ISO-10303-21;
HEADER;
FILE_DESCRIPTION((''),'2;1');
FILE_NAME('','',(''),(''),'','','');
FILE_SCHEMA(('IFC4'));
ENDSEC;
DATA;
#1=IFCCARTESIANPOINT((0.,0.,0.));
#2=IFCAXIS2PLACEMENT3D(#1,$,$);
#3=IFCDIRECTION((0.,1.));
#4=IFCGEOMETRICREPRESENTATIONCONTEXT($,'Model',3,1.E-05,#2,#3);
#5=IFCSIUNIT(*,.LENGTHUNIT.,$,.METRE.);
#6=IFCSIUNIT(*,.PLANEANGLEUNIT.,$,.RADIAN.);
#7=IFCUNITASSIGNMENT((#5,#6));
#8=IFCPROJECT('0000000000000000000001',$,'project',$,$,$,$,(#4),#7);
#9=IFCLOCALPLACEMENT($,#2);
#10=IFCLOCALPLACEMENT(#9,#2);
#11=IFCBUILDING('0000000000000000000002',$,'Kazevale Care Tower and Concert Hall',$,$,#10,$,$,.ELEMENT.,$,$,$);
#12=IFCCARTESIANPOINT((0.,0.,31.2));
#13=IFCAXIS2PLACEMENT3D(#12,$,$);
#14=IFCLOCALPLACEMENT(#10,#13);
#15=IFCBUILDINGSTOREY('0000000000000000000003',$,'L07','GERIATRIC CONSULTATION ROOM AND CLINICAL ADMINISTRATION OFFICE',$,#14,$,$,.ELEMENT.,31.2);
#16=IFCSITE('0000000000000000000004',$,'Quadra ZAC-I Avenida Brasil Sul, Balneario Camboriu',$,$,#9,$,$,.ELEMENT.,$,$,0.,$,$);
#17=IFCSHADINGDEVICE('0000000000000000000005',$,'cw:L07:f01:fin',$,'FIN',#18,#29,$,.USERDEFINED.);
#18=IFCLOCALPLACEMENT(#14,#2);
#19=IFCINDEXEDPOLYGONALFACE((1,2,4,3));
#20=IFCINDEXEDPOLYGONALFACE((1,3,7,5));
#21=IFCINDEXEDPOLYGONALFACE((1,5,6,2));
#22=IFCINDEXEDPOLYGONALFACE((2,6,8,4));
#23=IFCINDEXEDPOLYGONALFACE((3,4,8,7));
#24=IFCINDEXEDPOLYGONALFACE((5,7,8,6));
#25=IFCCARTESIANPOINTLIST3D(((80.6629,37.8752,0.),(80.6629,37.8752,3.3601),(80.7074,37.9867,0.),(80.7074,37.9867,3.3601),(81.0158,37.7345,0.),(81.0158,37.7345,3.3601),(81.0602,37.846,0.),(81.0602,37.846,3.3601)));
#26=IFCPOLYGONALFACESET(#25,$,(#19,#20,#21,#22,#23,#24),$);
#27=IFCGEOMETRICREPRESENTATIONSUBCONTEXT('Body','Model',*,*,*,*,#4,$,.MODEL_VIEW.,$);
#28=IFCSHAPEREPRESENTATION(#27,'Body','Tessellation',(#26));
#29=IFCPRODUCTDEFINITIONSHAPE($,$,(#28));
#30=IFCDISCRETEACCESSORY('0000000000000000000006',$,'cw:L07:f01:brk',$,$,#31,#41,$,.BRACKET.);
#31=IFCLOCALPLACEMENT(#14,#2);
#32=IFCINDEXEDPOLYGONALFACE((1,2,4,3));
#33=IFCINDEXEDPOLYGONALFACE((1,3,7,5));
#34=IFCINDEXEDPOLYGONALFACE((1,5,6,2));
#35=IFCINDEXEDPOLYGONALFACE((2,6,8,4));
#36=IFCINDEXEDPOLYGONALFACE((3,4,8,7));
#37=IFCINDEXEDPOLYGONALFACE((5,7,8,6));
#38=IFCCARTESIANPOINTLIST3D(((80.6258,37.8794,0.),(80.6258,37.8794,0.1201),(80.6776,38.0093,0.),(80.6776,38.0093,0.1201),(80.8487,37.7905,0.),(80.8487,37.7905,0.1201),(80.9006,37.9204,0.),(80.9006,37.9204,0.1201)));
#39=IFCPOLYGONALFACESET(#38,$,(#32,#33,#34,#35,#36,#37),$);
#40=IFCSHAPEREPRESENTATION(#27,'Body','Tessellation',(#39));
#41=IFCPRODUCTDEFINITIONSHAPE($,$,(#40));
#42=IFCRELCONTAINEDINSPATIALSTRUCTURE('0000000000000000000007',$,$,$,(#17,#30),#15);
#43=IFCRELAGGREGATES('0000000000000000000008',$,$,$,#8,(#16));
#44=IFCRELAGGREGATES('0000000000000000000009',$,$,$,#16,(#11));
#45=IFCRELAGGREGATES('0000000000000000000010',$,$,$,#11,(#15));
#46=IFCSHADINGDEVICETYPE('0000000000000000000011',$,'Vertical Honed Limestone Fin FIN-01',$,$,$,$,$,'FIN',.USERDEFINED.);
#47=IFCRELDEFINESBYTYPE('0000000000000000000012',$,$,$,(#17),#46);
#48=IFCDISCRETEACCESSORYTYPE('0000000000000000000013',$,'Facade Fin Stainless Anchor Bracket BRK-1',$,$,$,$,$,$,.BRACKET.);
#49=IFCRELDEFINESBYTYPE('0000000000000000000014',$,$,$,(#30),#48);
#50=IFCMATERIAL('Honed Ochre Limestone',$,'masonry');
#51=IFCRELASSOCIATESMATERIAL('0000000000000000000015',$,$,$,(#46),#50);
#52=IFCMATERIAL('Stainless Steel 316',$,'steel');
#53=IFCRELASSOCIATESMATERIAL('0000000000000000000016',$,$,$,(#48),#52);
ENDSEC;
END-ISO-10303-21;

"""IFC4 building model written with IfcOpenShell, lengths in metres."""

from ifc_helpers import new_model, si_unit, direction, frame, origin, origin_2d, place, context, subcontext, project, spatial, rectangle, extrude, material, type_object, element, save


model = new_model("IFC4")

# Units and contexts
model_context = context("Model", 3, precision=1e-05, world=origin(), true_north=direction((0.0, 1.0)))
body_context = subcontext(model_context, "Body", "Model", "MODEL_VIEW")
ifc_project = project(units=[si_unit("LENGTHUNIT", "METRE"), si_unit("PLANEANGLEUNIT", "RADIAN")], contexts=[model_context])

# Site, building, storey
site_placement = place(None, origin())
site = spatial("IfcSite", under=ifc_project, at=site_placement, Name="Quadra ZAC-I Avenida Brasil Sul, Balneario Camboriu", CompositionType="ELEMENT", RefElevation=0.0)
building_placement = place(site_placement, origin())
building = spatial("IfcBuilding", under=site, at=building_placement, Name="Kazevale Care Tower and Concert Hall", CompositionType="ELEMENT")
storey_placement = place(building_placement, frame((0.0, 0.0, 31.2)))
storey = spatial("IfcBuildingStorey", under=building, at=storey_placement, Name="L07", Description="GERIATRIC CONSULTATION ROOM AND CLINICAL ADMINISTRATION OFFICE", CompositionType="ELEMENT", Elevation=31.2)

# Shading device
ifc_material_1 = material(Name="Honed Ochre Limestone", Category="masonry")
shading_device_type = type_object("IfcShadingDeviceType", Name="Vertical Honed Limestone Fin FIN-01", ElementType="FIN", PredefinedType="USERDEFINED", material=ifc_material_1)
shading_device_placement = place(storey_placement, frame((80.8616, 37.8606, 0.0), z_axis=(0.0, 0.0, 1.0), x_axis=(0.928874, -0.370395, 0.0)))
element("IfcShadingDevice", 1, at=shading_device_placement, inside=storey, type_object=shading_device_type, Name="cw:L07:f01:fin", ObjectType="FIN", PredefinedType="USERDEFINED", context=body_context, shape_type="SweptSolid", body=[
    extrude(rectangle(XDim=0.3799, YDim=0.1201, at=origin_2d()), origin(), (0.0, 0.0, 1.0), 3.3601),
])

# Discrete accessory
ifc_material_2 = material(Name="Stainless Steel 316", Category="steel")
discrete_accessory_type = type_object("IfcDiscreteAccessoryType", Name="Facade Fin Stainless Anchor Bracket BRK-1", PredefinedType="BRACKET", material=ifc_material_2)
discrete_accessory_placement = place(storey_placement, frame((80.7632, 37.8999, 0.0), z_axis=(0.0, 0.0, 1.0), x_axis=(0.928874, -0.370395, 0.0)))
element("IfcDiscreteAccessory", 2, at=discrete_accessory_placement, inside=storey, type_object=discrete_accessory_type, Name="cw:L07:f01:brk", PredefinedType="BRACKET", context=body_context, shape_type="SweptSolid", body=[
    extrude(rectangle(XDim=0.24, YDim=0.1399, at=origin_2d()), origin(), (0.0, 0.0, 1.0), 0.1201),
])

save(model, "model.ifc")
